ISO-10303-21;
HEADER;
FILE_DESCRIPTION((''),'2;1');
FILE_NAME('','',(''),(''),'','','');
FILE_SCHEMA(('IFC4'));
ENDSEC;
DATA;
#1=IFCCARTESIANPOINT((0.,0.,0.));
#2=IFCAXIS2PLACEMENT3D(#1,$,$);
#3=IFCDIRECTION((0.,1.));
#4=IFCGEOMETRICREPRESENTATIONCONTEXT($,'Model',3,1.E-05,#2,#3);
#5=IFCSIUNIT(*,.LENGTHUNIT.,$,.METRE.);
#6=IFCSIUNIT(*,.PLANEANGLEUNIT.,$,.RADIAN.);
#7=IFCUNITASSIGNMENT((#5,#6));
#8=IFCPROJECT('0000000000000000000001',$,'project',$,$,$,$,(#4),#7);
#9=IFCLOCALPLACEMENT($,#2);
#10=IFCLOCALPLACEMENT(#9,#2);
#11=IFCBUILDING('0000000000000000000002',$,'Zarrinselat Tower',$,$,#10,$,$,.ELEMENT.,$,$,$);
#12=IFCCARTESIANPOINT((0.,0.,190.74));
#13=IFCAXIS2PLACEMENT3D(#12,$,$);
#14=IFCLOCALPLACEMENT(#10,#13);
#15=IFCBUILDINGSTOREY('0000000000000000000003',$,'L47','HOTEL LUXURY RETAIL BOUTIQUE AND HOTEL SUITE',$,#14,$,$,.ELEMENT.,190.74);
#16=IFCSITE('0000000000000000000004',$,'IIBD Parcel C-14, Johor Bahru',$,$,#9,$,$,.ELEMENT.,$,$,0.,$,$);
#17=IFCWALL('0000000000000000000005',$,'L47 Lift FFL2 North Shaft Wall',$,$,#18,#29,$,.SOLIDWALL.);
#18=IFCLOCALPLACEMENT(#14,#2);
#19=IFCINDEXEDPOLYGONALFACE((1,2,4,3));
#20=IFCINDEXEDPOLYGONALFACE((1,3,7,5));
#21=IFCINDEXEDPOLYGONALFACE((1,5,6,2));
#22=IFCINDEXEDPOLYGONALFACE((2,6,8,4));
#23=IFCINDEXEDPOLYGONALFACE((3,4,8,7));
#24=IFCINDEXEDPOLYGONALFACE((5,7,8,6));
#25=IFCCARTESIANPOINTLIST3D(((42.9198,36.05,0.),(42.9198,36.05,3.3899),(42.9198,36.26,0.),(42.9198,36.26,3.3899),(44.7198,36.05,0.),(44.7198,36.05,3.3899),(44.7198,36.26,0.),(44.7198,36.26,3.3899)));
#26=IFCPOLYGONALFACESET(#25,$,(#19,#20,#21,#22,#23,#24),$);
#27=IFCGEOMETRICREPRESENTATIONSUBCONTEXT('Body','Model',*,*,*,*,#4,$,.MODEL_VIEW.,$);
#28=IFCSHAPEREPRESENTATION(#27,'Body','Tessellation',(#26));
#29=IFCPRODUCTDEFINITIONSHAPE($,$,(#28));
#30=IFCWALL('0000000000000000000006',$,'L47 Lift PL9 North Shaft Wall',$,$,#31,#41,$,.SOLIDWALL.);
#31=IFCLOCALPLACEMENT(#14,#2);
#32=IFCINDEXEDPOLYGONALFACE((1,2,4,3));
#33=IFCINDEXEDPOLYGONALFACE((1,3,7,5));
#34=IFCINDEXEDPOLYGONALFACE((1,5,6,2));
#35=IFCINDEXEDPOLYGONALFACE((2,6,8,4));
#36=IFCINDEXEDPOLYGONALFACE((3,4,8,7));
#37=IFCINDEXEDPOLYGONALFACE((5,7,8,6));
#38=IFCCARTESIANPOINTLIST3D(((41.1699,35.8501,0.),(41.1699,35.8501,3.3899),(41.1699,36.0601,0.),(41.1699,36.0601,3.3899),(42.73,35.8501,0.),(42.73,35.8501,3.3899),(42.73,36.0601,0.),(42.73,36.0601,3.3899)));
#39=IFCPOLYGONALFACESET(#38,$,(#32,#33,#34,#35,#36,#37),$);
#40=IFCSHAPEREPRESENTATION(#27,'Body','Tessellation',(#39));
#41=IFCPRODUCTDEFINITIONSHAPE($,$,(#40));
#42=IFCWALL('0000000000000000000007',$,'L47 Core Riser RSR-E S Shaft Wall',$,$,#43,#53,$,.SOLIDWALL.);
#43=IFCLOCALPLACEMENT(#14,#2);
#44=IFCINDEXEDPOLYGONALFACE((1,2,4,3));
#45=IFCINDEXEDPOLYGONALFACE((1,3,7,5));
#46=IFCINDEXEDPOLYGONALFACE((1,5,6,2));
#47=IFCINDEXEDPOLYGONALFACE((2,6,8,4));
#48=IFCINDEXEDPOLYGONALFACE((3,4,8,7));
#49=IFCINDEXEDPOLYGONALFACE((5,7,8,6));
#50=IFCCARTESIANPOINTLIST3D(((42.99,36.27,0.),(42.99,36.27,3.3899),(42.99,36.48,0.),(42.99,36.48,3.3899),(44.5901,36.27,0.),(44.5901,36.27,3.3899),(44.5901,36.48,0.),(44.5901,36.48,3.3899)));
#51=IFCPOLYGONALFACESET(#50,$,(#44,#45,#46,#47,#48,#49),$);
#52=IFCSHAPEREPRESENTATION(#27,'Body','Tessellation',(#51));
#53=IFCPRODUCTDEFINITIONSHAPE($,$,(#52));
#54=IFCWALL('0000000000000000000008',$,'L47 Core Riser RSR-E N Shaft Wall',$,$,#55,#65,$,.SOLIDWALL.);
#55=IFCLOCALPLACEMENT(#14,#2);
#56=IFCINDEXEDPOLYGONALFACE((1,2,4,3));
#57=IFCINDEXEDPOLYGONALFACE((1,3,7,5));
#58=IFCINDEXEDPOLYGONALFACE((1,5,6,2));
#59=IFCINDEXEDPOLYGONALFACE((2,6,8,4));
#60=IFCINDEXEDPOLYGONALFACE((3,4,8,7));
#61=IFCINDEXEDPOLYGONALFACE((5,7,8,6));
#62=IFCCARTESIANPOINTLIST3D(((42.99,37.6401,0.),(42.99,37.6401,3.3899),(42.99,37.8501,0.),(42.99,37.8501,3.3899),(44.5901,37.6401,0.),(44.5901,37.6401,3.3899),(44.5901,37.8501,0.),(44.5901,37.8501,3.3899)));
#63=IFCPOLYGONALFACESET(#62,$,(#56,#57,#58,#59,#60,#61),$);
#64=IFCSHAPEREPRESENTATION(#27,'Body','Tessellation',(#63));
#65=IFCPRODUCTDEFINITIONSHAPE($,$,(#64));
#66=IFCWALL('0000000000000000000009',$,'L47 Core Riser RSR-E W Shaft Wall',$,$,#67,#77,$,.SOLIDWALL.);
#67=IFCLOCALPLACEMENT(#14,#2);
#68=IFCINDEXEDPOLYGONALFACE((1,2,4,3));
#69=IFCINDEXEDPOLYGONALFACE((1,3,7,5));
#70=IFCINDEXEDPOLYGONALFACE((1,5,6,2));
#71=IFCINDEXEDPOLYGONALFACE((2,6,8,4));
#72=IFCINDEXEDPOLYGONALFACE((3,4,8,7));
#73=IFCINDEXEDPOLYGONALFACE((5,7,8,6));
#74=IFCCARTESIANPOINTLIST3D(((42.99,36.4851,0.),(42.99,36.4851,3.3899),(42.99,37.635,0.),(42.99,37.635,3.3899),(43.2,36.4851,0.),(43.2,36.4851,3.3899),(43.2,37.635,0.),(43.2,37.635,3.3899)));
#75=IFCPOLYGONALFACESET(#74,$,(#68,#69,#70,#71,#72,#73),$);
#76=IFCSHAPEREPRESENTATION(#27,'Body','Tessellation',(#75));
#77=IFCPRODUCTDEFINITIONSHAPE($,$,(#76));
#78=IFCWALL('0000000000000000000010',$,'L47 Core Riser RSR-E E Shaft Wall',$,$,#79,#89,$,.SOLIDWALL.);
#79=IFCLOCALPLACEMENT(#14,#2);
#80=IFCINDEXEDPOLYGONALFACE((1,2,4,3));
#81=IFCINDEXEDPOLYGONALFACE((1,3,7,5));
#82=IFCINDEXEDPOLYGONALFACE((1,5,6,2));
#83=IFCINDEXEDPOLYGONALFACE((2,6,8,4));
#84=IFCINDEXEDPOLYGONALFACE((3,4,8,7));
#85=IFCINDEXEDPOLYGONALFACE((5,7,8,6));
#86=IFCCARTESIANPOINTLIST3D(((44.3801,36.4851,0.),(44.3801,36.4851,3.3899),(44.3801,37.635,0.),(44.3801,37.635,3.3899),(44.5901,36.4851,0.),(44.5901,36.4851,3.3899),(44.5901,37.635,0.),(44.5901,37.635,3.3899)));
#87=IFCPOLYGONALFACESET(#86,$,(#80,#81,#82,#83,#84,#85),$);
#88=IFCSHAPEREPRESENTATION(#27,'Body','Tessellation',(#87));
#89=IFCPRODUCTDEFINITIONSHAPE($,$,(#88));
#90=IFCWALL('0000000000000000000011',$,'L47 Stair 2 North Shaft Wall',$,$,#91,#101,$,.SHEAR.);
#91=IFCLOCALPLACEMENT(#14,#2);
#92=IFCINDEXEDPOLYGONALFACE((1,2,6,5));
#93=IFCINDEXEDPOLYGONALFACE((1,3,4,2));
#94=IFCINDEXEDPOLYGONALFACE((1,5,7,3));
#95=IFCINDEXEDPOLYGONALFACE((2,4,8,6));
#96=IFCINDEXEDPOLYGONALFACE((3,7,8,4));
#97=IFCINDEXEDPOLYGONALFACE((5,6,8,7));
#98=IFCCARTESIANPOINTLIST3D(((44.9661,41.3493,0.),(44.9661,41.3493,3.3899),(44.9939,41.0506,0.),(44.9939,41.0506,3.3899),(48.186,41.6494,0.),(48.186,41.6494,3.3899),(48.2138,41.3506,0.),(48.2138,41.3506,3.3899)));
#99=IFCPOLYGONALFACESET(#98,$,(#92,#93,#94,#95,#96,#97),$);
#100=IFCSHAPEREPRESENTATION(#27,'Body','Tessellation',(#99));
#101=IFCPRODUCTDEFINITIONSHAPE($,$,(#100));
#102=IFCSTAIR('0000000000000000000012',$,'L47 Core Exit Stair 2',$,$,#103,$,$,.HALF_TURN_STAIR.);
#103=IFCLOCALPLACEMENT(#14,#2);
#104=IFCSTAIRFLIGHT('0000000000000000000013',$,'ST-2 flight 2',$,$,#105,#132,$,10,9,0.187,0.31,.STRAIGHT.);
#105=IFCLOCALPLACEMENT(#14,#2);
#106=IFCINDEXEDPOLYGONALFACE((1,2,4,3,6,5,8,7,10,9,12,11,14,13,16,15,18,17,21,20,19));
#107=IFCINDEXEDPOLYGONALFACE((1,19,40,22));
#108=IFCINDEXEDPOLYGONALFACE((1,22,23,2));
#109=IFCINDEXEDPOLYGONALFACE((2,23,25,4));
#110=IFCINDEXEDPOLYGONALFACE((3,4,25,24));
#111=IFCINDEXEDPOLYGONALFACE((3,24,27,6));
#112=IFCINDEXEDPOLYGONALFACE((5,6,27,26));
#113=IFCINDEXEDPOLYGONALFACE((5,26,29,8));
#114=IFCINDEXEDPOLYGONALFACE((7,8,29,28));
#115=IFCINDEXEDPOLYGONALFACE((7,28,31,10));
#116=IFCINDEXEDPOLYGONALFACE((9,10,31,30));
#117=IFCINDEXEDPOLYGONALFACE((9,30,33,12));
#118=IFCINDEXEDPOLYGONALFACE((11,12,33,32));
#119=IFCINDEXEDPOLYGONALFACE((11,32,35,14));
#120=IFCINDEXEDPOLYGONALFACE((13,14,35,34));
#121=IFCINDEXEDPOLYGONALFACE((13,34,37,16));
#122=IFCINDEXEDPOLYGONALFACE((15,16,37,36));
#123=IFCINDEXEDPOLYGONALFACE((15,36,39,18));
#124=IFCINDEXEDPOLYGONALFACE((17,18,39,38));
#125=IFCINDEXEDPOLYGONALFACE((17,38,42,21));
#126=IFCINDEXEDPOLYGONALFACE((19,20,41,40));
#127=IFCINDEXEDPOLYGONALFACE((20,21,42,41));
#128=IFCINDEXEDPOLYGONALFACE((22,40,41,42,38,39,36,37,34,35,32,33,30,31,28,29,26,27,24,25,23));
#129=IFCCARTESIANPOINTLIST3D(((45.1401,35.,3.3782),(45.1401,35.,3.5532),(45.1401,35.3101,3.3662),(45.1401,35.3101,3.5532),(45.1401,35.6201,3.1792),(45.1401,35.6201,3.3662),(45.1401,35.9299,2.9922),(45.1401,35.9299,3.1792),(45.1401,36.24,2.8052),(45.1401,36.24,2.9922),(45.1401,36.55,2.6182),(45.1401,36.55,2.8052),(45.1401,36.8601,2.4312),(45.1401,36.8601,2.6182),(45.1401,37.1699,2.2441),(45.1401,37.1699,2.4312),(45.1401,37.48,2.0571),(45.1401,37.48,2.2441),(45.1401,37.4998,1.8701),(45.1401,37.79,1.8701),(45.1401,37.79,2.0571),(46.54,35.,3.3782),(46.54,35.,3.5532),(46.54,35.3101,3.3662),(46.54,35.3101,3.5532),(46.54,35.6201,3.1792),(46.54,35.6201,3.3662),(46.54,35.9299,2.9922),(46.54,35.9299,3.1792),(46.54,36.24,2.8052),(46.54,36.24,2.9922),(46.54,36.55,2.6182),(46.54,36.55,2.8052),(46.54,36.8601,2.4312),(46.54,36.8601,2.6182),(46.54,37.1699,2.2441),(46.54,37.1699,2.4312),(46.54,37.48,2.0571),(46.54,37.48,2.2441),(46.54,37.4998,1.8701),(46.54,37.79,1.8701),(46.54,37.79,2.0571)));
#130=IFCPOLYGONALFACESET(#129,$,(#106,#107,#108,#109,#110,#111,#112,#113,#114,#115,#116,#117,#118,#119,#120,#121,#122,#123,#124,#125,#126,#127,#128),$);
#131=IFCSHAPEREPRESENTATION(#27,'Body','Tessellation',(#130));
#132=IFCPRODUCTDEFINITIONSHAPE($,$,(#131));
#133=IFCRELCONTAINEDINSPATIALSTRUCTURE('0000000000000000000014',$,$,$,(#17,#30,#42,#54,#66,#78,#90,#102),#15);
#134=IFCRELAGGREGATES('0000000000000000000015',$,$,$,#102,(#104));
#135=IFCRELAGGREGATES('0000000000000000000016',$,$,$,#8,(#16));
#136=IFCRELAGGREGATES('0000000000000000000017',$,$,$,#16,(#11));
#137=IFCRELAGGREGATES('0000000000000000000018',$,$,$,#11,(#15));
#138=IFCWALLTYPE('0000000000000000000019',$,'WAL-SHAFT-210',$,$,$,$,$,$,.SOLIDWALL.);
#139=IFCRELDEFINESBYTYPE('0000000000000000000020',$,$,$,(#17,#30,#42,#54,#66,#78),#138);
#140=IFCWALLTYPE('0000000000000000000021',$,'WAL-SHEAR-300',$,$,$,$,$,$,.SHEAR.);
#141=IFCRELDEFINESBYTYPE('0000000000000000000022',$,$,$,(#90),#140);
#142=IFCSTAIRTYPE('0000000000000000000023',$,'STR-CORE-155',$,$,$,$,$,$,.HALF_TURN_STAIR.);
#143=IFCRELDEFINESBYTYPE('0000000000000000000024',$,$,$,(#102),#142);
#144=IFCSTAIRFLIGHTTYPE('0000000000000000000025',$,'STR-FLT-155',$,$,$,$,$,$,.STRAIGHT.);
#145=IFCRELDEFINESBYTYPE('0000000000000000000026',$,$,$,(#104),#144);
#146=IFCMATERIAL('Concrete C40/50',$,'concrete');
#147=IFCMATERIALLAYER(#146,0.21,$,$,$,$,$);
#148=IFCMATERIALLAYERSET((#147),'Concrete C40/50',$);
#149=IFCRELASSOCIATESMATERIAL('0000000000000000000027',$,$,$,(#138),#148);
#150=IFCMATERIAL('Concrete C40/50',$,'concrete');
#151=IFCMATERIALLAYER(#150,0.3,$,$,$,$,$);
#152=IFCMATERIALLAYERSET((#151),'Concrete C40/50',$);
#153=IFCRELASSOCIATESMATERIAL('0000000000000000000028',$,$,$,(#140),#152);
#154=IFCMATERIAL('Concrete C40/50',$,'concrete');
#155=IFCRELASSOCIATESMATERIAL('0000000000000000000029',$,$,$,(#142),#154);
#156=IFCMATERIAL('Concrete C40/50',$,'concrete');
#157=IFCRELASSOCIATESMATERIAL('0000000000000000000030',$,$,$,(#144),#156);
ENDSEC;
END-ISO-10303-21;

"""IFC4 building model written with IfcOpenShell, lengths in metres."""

from ifc_helpers import new_model, si_unit, direction, frame, frame_2d, origin, place, context, subcontext, project, spatial, polyline, rectangle, outline, extrude, material, layer, layer_set, type_object, element, aggregate, save


model = new_model("IFC4")

# Units and contexts
model_context = context("Model", 3, precision=1e-05, world=origin(), true_north=direction((0.0, 1.0)))
body_context = subcontext(model_context, "Body", "Model", "MODEL_VIEW")
ifc_project = project(units=[si_unit("LENGTHUNIT", "METRE"), si_unit("PLANEANGLEUNIT", "RADIAN")], contexts=[model_context])

# Site, building, storey
site_placement = place(None, origin())
site = spatial("IfcSite", under=ifc_project, at=site_placement, Name="IIBD Parcel C-14, Johor Bahru", CompositionType="ELEMENT", RefElevation=0.0)
building_placement = place(site_placement, origin())
building = spatial("IfcBuilding", under=site, at=building_placement, Name="Zarrinselat Tower", CompositionType="ELEMENT")
storey_placement = place(building_placement, frame((0.0, 0.0, 190.74)))
storey = spatial("IfcBuildingStorey", under=building, at=storey_placement, Name="L47", Description="HOTEL LUXURY RETAIL BOUTIQUE AND HOTEL SUITE", CompositionType="ELEMENT", Elevation=190.74)

# Walls
ifc_material_1 = material(Name="Concrete C40/50", Category="concrete")
ifc_layer_1 = layer(ifc_material_1, 0.21)
ifc_layer_set_1 = layer_set([ifc_layer_1], Name="Concrete C40/50")
wall_type_1 = type_object("IfcWallType", Name="WAL-SHAFT-210", PredefinedType="SOLIDWALL", material=ifc_layer_set_1)
wall_1_placement = place(storey_placement, frame((42.9199, 36.155, 0.0), z_axis=(0.0, 0.0, 1.0), x_axis=(1.0, 0.0, 0.0)))
element("IfcWall", 1, at=wall_1_placement, inside=storey, type_object=wall_type_1, Name="L47 Lift FFL2 North Shaft Wall", PredefinedType="SOLIDWALL", context=body_context, shape_type="SweptSolid", body=[
    extrude(rectangle(XDim=1.8, YDim=0.21, at=frame_2d((0.8999, 0.0))), origin(), (0.0, 0.0, 1.0), 3.3899),
])
wall_2_placement = place(storey_placement, frame((41.1699, 35.9551, 0.0), z_axis=(0.0, 0.0, 1.0), x_axis=(1.0, 0.0, 0.0)))
element("IfcWall", 2, at=wall_2_placement, inside=storey, type_object=wall_type_1, Name="L47 Lift PL9 North Shaft Wall", PredefinedType="SOLIDWALL", context=body_context, shape_type="SweptSolid", body=[
    extrude(rectangle(XDim=1.5601, YDim=0.21, at=frame_2d((0.78, 0.0))), origin(), (0.0, 0.0, 1.0), 3.3899),
])
for number, where, z_axis, x_axis, name in (
    (3, (42.99, 36.375, 0.0), (0.0, 0.0, 1.0), (1.0, 0.0, 0.0), "L47 Core Riser RSR-E S Shaft Wall"),
    (4, (42.99, 37.7451, 0.0), (0.0, 0.0, 1.0), (1.0, 0.0, 0.0), "L47 Core Riser RSR-E N Shaft Wall"),
):
    element("IfcWall", number, at=place(storey_placement, frame(where, z_axis=z_axis, x_axis=x_axis)), inside=storey, type_object=wall_type_1, Name=name, PredefinedType="SOLIDWALL", context=body_context, shape_type="SweptSolid", body=[
        extrude(rectangle(XDim=1.6001, YDim=0.21, at=frame_2d((0.8, 0.0))), origin(), (0.0, 0.0, 1.0), 3.3899),
    ])
for number, where, z_axis, x_axis, name in (
    (5, (43.095, 36.4851, 0.0), (0.0, 0.0, 1.0), (0.0, 1.0, 0.0), "L47 Core Riser RSR-E W Shaft Wall"),
    (6, (44.4851, 36.4851, 0.0), (0.0, 0.0, 1.0), (0.0, 1.0, 0.0), "L47 Core Riser RSR-E E Shaft Wall"),
):
    element("IfcWall", number, at=place(storey_placement, frame(where, z_axis=z_axis, x_axis=x_axis)), inside=storey, type_object=wall_type_1, Name=name, PredefinedType="SOLIDWALL", context=body_context, shape_type="SweptSolid", body=[
        extrude(rectangle(XDim=1.1499, YDim=0.21, at=frame_2d((0.575, 0.0))), origin(), (0.0, 0.0, 1.0), 3.3899),
    ])
ifc_material_2 = material(Name="Concrete C40/50", Category="concrete")
ifc_layer_2 = layer(ifc_material_2, 0.3)
ifc_layer_set_2 = layer_set([ifc_layer_2], Name="Concrete C40/50")
wall_type_2 = type_object("IfcWallType", Name="WAL-SHEAR-300", PredefinedType="SHEAR", material=ifc_layer_set_2)
wall_3_placement = place(storey_placement, frame((44.98, 41.2, 0.0), z_axis=(0.0, 0.0, 1.0), x_axis=(0.995686, 0.092782, 0.0)))
element("IfcWall", 7, at=wall_3_placement, inside=storey, type_object=wall_type_2, Name="L47 Stair 2 North Shaft Wall", PredefinedType="SHEAR", context=body_context, shape_type="SweptSolid", body=[
    extrude(rectangle(XDim=3.2339, YDim=0.3, at=frame_2d((1.6169, 0.0))), origin(), (0.0, 0.0, 1.0), 3.3899),
])

# Stair, stair flight
ifc_material_3 = material(Name="Concrete C40/50", Category="concrete")
stair_type = type_object("IfcStairType", Name="STR-CORE-155", PredefinedType="HALF_TURN_STAIR", material=ifc_material_3)
stair_placement = place(storey_placement, origin())
stair = element("IfcStair", 8, at=stair_placement, inside=storey, type_object=stair_type, Name="L47 Core Exit Stair 2", PredefinedType="HALF_TURN_STAIR")
ifc_material_4 = material(Name="Concrete C40/50", Category="concrete")
stair_flight_type = type_object("IfcStairFlightType", Name="STR-FLT-155", PredefinedType="STRAIGHT", material=ifc_material_4)
stair_flight_placement = place(storey_placement, frame((45.8401, 37.79, 1.8701), z_axis=(0.0, 0.0, 1.0), x_axis=(0.0, -1.0, 0.0)))
stair_flight = element("IfcStairFlight", 9, at=stair_flight_placement, type_object=stair_flight_type, Name="ST-2 flight 2", NumberOfRisers=10, NumberOfTreads=9, PredefinedType="STRAIGHT", RiserHeight=0.187, TreadLength=0.31, context=body_context, shape_type="SweptSolid", body=[
    extrude(outline(polyline([(0.0, 0.0), (0.0, 0.187), (0.3101, 0.187), (0.3101, 0.374), (0.6201, 0.374), (0.6201, 0.561), (0.9299, 0.561), (0.9299, 0.748), (1.24, 0.748), (1.24, 0.9351), (1.55, 0.9351), (1.55, 1.1221), (1.8601, 1.1221), (1.8601, 1.3091), (2.1699, 1.3091), (2.1699, 1.4961), (2.48, 1.4961), (2.48, 1.6831), (2.79, 1.6831), (2.79, 1.8701), (2.79, 1.5081), (0.2903, 0.0), (0.0, 0.0)])), frame((0.0, 0.7, 0.0), z_axis=(0.0, -1.0, 0.0), x_axis=(1.0, 0.0, 0.0)), (0.0, 0.0, 1.0), 1.3999),
])
aggregate(stair, [stair_flight])

save(model, "model.ifc")
